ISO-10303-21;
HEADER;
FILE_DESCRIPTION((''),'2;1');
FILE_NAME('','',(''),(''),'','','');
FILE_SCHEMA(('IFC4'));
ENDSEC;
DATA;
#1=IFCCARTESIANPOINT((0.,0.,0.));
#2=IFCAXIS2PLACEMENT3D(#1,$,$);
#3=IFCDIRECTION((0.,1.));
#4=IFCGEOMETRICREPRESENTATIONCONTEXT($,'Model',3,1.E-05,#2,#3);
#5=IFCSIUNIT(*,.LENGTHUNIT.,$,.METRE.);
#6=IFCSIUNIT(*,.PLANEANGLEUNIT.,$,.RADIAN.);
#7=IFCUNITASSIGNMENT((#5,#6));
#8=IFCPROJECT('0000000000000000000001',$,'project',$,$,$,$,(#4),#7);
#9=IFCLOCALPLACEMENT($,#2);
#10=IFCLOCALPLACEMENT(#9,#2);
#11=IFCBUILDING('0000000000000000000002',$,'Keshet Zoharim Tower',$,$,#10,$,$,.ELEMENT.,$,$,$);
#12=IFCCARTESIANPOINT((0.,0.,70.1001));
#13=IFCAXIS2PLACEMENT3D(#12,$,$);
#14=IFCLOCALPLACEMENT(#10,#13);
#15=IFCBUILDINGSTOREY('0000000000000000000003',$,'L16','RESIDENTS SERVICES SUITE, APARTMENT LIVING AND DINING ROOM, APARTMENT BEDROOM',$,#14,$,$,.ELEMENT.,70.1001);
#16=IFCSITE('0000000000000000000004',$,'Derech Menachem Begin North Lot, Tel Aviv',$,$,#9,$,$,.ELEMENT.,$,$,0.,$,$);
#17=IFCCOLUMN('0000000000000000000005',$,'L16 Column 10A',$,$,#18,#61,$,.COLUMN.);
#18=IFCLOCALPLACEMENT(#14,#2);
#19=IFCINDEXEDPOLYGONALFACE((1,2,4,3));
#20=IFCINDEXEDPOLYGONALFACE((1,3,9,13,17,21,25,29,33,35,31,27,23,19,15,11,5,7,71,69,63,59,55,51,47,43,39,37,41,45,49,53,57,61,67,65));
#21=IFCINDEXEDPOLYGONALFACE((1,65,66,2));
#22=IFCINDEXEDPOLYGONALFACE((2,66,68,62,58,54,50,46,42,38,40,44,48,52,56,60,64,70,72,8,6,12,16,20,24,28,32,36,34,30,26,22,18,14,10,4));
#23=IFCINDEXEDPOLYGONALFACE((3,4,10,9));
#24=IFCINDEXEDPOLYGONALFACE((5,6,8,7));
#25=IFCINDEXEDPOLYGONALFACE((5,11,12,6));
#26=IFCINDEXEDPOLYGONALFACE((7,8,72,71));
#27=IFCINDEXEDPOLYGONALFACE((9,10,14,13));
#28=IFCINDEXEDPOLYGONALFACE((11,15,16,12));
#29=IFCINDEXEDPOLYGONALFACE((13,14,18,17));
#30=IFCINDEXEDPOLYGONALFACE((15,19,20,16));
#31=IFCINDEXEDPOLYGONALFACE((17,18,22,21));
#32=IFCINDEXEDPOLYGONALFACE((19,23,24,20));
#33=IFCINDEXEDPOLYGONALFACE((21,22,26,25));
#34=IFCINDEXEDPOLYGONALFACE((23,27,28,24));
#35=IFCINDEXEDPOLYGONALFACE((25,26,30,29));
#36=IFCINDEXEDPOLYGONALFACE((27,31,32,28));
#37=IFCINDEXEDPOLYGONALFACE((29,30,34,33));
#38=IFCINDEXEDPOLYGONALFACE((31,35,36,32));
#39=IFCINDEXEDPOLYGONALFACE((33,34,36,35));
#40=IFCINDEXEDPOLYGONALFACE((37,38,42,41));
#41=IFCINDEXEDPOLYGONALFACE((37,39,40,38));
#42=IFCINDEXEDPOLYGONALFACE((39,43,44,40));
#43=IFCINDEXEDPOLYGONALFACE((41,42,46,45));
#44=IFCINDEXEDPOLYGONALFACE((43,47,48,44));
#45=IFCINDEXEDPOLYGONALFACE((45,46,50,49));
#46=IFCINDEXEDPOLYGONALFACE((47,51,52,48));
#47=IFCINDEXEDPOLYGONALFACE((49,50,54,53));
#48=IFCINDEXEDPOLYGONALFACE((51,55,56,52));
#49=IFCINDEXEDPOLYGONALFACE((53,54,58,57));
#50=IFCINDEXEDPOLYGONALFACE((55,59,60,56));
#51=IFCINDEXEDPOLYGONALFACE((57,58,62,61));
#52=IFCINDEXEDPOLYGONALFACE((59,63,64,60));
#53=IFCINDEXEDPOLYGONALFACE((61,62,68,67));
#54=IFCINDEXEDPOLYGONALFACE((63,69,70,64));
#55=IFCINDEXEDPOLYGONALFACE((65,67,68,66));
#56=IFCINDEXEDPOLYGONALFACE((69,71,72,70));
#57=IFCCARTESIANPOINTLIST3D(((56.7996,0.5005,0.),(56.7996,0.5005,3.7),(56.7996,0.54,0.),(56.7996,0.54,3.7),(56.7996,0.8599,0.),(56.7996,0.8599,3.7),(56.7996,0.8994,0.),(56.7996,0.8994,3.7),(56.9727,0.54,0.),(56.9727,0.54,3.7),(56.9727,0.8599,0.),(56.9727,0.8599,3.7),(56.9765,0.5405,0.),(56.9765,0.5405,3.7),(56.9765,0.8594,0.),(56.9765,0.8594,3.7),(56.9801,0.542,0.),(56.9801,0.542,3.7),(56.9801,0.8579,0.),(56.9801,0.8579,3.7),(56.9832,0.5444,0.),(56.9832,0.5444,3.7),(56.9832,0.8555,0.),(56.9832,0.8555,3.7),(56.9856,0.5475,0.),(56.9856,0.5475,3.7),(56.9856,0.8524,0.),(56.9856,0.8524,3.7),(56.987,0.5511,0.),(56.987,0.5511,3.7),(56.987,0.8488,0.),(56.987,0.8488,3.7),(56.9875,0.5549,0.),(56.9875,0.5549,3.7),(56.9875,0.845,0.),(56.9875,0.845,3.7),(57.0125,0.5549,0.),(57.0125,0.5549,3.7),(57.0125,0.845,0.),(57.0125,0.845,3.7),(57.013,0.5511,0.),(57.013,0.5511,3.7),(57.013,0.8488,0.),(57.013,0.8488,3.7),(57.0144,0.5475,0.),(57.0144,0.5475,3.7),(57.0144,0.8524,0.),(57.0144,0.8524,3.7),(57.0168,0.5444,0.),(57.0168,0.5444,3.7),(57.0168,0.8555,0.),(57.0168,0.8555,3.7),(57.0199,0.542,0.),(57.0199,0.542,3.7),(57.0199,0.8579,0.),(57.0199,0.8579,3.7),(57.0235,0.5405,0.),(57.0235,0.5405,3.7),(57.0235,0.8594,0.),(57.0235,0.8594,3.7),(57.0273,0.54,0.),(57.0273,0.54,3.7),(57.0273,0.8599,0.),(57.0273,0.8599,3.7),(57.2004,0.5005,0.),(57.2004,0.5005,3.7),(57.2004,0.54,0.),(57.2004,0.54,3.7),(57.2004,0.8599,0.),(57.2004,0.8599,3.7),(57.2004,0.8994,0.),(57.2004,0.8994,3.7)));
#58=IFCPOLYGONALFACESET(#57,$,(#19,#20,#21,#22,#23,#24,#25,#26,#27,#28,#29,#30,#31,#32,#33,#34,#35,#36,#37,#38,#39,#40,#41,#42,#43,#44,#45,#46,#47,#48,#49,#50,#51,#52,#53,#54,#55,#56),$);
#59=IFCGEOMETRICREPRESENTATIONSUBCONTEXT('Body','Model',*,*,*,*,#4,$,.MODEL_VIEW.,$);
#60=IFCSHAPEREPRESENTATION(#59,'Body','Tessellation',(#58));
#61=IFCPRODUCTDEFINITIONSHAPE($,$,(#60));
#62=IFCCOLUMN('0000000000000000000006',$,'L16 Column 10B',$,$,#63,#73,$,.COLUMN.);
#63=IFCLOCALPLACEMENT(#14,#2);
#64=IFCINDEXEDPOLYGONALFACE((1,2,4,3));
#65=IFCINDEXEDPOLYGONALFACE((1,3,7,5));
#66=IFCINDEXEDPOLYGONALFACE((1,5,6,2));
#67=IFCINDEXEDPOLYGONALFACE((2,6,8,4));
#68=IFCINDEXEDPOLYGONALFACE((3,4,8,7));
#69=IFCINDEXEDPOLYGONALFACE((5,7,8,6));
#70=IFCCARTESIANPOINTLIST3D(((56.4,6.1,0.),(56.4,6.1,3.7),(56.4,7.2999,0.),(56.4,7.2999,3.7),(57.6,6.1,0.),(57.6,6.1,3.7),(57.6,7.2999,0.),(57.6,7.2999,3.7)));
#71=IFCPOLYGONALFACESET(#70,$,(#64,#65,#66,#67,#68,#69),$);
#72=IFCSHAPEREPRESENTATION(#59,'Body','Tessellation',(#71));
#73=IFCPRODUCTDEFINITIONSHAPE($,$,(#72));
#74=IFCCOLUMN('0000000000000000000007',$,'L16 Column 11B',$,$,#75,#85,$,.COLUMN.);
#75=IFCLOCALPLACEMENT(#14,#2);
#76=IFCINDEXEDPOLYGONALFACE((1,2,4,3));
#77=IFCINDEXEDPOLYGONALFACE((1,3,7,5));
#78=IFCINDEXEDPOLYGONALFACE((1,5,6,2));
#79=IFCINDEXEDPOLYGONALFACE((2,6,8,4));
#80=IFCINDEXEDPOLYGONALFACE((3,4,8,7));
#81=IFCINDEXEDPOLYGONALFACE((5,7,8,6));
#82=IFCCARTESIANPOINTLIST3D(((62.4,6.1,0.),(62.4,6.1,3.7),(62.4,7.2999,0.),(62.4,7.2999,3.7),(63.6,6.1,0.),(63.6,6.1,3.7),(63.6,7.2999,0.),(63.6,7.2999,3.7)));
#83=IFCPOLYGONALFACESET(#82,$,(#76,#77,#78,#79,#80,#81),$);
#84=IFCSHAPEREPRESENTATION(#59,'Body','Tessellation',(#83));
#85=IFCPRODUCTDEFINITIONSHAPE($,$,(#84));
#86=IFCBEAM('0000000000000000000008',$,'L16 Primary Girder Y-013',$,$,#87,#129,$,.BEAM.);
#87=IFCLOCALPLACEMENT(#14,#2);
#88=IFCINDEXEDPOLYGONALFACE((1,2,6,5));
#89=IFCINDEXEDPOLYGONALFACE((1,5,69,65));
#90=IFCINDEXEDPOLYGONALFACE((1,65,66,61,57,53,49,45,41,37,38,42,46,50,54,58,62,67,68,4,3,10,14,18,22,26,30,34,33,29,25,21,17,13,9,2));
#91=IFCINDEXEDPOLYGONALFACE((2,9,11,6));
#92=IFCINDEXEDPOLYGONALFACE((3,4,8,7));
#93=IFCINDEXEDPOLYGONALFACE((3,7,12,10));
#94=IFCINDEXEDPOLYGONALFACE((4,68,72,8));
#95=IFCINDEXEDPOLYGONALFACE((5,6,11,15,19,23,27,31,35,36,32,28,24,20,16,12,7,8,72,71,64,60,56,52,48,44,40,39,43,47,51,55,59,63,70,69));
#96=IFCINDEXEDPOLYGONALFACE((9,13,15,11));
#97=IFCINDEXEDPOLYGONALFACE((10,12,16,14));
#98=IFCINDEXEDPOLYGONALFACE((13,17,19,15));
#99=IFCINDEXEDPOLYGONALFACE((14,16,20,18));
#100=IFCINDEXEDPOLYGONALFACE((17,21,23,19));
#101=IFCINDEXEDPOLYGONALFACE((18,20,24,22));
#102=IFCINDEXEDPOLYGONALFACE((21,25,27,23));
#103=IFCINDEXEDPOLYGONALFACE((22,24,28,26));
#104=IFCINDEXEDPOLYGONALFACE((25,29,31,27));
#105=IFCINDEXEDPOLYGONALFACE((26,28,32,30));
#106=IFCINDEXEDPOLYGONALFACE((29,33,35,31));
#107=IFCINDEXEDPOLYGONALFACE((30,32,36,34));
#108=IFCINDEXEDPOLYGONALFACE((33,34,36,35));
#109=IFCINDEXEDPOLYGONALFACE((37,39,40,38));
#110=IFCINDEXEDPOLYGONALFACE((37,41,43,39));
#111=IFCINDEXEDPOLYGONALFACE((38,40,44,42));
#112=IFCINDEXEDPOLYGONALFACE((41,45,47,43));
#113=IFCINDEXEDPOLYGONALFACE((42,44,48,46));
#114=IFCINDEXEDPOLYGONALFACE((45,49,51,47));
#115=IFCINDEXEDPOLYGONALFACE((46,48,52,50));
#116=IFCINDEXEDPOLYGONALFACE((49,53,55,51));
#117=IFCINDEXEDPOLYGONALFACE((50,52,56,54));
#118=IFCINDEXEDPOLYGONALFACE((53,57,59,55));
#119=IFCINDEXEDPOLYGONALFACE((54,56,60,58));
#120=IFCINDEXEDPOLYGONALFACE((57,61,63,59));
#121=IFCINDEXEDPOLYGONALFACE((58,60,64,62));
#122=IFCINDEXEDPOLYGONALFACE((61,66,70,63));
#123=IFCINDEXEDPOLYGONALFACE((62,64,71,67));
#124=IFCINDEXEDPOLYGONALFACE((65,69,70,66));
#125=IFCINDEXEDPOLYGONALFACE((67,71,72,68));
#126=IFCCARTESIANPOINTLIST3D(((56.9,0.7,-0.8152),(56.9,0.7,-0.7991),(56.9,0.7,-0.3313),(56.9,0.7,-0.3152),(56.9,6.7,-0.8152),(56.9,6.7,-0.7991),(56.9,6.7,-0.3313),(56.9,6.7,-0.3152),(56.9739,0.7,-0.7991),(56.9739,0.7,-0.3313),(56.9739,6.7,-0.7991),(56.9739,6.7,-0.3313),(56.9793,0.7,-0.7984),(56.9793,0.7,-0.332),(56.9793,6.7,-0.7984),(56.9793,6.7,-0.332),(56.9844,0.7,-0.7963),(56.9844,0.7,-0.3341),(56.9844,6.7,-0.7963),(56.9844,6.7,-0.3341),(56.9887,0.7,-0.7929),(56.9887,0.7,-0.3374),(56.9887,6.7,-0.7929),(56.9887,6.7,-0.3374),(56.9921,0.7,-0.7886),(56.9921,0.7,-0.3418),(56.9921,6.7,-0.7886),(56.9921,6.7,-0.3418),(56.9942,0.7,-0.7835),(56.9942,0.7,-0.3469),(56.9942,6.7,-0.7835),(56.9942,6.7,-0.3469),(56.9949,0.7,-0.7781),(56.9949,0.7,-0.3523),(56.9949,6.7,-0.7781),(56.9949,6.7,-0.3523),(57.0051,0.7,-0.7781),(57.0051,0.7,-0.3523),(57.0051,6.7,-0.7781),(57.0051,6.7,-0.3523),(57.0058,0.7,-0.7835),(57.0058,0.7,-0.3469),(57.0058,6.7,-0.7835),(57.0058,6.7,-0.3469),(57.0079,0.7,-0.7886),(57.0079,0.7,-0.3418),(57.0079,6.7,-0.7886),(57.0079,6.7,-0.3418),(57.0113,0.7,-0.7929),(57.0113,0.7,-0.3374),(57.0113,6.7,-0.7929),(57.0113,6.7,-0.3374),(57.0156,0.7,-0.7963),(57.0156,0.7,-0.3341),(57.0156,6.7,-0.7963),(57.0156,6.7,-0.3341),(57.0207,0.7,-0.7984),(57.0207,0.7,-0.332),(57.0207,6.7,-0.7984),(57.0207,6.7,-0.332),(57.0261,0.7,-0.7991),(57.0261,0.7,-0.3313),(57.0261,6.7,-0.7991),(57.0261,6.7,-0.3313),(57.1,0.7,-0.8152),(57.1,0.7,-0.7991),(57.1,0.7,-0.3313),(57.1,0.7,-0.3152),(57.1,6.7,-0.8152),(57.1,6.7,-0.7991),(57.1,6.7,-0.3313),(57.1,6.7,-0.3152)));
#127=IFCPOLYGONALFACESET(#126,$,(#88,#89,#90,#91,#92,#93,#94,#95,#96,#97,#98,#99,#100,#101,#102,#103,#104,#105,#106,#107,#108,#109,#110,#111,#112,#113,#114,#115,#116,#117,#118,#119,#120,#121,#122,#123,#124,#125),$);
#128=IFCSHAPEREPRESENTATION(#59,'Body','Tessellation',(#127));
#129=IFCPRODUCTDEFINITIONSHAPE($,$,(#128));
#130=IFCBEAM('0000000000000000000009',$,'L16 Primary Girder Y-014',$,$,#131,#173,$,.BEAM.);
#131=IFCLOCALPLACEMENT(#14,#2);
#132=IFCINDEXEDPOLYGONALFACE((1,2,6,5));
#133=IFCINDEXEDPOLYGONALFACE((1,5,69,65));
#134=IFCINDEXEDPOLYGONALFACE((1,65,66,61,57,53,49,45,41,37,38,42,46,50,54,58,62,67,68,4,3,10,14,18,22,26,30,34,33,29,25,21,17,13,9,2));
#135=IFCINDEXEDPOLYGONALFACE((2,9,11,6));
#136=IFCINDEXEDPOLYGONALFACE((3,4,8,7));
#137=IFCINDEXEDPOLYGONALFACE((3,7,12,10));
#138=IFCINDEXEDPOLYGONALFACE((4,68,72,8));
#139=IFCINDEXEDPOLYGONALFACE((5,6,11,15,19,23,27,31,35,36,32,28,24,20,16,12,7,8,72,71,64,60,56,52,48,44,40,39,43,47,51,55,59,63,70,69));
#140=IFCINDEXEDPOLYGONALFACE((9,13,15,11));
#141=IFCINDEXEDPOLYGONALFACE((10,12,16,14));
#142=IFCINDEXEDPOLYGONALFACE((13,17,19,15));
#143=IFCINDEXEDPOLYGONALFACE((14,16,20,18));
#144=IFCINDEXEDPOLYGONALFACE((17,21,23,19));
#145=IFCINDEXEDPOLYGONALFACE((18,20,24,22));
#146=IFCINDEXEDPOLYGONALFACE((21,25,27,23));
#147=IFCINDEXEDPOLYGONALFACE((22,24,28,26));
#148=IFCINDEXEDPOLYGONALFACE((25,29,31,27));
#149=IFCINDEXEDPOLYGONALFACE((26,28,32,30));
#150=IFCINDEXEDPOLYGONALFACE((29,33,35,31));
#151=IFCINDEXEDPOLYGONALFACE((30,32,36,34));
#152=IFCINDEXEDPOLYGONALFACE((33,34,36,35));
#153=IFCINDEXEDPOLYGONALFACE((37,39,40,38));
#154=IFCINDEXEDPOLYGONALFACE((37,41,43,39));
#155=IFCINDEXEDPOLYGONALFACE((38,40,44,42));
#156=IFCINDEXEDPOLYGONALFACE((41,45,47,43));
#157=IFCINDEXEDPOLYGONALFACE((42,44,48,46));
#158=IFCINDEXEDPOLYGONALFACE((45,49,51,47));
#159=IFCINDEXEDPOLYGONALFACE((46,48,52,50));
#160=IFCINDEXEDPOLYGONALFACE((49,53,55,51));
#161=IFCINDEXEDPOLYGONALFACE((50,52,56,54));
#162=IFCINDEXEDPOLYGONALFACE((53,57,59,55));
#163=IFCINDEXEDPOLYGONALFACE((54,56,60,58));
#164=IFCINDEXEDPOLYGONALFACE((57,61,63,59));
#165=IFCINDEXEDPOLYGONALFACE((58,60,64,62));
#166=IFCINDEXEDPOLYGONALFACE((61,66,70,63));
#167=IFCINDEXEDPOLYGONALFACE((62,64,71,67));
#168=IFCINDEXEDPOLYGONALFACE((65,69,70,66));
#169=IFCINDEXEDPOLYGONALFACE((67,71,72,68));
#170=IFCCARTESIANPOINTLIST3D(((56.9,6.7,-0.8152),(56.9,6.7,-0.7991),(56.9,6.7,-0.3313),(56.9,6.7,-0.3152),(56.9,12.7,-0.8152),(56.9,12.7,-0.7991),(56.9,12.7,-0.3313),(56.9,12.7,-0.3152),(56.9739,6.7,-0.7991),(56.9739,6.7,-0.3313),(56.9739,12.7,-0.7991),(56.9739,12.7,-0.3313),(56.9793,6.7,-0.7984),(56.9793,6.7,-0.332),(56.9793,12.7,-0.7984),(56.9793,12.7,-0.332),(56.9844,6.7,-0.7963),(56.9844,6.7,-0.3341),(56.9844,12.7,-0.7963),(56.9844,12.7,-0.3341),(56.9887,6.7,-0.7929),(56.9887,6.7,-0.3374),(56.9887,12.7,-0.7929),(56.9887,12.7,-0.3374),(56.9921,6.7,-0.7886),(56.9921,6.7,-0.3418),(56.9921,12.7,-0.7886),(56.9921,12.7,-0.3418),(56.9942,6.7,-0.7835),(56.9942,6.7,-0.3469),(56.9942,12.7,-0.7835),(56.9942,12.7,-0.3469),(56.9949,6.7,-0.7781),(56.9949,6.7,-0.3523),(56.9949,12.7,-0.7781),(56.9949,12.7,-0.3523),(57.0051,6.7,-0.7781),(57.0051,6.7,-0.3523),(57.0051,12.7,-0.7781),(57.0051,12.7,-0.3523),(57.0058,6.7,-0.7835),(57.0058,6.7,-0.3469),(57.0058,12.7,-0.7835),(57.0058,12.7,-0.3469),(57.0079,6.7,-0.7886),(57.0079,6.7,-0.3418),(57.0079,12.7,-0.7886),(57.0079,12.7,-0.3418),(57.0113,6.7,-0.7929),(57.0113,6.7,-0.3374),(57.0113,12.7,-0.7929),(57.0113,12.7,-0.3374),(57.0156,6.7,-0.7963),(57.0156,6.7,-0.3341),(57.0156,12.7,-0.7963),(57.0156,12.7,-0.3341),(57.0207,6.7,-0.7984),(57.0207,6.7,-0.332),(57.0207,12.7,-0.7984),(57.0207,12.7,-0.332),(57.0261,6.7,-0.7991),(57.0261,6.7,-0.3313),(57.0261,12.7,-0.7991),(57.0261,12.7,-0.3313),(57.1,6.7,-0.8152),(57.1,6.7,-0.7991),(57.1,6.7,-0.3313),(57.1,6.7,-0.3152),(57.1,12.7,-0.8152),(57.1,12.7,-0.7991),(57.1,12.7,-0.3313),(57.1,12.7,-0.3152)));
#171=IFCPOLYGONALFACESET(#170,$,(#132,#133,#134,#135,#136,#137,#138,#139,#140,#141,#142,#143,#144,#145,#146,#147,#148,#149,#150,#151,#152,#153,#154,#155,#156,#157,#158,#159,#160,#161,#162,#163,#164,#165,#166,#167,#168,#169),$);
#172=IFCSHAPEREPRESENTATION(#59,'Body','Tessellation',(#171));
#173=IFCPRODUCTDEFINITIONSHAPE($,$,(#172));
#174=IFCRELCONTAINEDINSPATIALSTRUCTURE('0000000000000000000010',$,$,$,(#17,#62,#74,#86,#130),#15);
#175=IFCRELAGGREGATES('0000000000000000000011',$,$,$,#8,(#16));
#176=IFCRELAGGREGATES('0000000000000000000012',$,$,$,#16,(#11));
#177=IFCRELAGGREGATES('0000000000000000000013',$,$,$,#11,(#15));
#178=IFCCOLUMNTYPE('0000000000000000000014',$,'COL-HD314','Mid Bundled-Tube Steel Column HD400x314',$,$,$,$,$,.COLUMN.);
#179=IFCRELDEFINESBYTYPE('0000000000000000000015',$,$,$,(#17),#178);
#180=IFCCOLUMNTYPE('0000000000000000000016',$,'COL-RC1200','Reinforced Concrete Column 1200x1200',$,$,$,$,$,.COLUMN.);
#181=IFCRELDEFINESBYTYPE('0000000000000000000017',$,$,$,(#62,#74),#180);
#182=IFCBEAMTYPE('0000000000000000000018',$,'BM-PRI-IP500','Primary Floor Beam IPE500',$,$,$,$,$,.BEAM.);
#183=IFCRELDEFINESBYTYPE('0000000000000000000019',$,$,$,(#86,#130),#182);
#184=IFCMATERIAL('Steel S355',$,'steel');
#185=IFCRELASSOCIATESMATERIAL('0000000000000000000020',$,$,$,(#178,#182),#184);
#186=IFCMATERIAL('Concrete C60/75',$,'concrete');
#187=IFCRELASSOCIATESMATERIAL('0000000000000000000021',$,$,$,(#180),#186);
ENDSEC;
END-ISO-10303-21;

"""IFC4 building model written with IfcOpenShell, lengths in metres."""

from ifc_helpers import new_model, si_unit, direction, frame, origin, origin_2d, place, context, subcontext, project, spatial, rectangle, i_section, extrude, material, material_profile, profile_set, type_object, element, save


model = new_model("IFC4")

# Units and contexts
model_context = context("Model", 3, precision=1e-05, world=origin(), true_north=direction((0.0, 1.0)))
body_context = subcontext(model_context, "Body", "Model", "MODEL_VIEW")
ifc_project = project(units=[si_unit("LENGTHUNIT", "METRE"), si_unit("PLANEANGLEUNIT", "RADIAN")], contexts=[model_context])

# Site, building, storey
site_placement = place(None, origin())
site = spatial("IfcSite", under=ifc_project, at=site_placement, Name="Derech Menachem Begin North Lot, Tel Aviv", CompositionType="ELEMENT", RefElevation=0.0)
building_placement = place(site_placement, origin())
building = spatial("IfcBuilding", under=site, at=building_placement, Name="Keshet Zoharim Tower", CompositionType="ELEMENT")
storey_placement = place(building_placement, frame((0.0, 0.0, 70.1001)))
storey = spatial("IfcBuildingStorey", under=building, at=storey_placement, Name="L16", Description="RESIDENTS SERVICES SUITE, APARTMENT LIVING AND DINING ROOM, APARTMENT BEDROOM", CompositionType="ELEMENT", Elevation=70.1001)

# Columns
ifc_material_1 = material(Name="Steel S355", Category="steel")
ifc_material_profile_1 = material_profile(ifc_material_1, i_section(OverallWidth=0.4009, OverallDepth=0.3989, WebThickness=0.0249, FlangeThickness=0.0396, FilletRadius=0.0149, at=origin_2d()), Name="HD400x314")
ifc_profile_set_1 = profile_set([ifc_material_profile_1], Name="Steel S355")
column_type_1 = type_object("IfcColumnType", Name="COL-HD314", Description="Mid Bundled-Tube Steel Column HD400x314", PredefinedType="COLUMN", material=ifc_profile_set_1)
column_placement = place(storey_placement, frame((57.0, 0.7, 0.0), z_axis=(0.0, 0.0, 1.0), x_axis=(1.0, 0.0, 0.0)))
element("IfcColumn", 1, at=column_placement, inside=storey, type_object=column_type_1, Name="L16 Column 10A", PredefinedType="COLUMN", context=body_context, shape_type="SweptSolid", body=[
    extrude(i_section(OverallWidth=0.4009, OverallDepth=0.3989, WebThickness=0.0249, FlangeThickness=0.0396, FilletRadius=0.0149, at=origin_2d()), origin(), (0.0, 0.0, 1.0), 3.7),
])
ifc_material_2 = material(Name="Concrete C60/75", Category="concrete")
ifc_material_profile_2 = material_profile(ifc_material_2, rectangle(XDim=1.2, YDim=1.2, at=origin_2d()), Name="RC1200x1200")
ifc_profile_set_2 = profile_set([ifc_material_profile_2], Name="Concrete C60/75")
column_type_2 = type_object("IfcColumnType", Name="COL-RC1200", Description="Reinforced Concrete Column 1200x1200", PredefinedType="COLUMN", material=ifc_profile_set_2)
for number, where, z_axis, x_axis, name in (
    (2, (57.0, 6.7, 0.0), (0.0, 0.0, 1.0), (1.0, 0.0, 0.0), "L16 Column 10B"),
    (3, (63.0, 6.7, 0.0), (0.0, 0.0, 1.0), (1.0, 0.0, 0.0), "L16 Column 11B"),
):
    element("IfcColumn", number, at=place(storey_placement, frame(where, z_axis=z_axis, x_axis=x_axis)), inside=storey, type_object=column_type_2, Name=name, PredefinedType="COLUMN", context=body_context, shape_type="SweptSolid", body=[
        extrude(rectangle(XDim=1.2, YDim=1.2, at=origin_2d()), origin(), (0.0, 0.0, 1.0), 3.7),
    ])

# Beams
ifc_material_profile_3 = material_profile(ifc_material_1, i_section(OverallWidth=0.2, OverallDepth=0.5, WebThickness=0.0103, FlangeThickness=0.0161, FilletRadius=0.021, at=origin_2d()), Name="IPE500")
ifc_profile_set_3 = profile_set([ifc_material_profile_3], Name="Steel S355")
beam_type_1 = type_object("IfcBeamType", Name="BM-PRI-IP500", Description="Primary Floor Beam IPE500", PredefinedType="BEAM", material=ifc_profile_set_3)
for number, where, z_axis, x_axis, name in (
    (4, (57.0, 0.7, -0.5652), (0.0, 1.0, 0.0), (-1.0, 0.0, 0.0), "L16 Primary Girder Y-013"),
    (5, (57.0, 6.7, -0.5652), (0.0, 1.0, 0.0), (-1.0, 0.0, 0.0), "L16 Primary Girder Y-014"),
):
    element("IfcBeam", number, at=place(storey_placement, frame(where, z_axis=z_axis, x_axis=x_axis)), inside=storey, type_object=beam_type_1, Name=name, PredefinedType="BEAM", context=body_context, shape_type="SweptSolid", body=[
        extrude(i_section(OverallWidth=0.2, OverallDepth=0.5, WebThickness=0.0103, FlangeThickness=0.0161, FilletRadius=0.021, at=origin_2d()), origin(), (0.0, 0.0, 1.0), 6.0),
    ])

save(model, "model.ifc")
